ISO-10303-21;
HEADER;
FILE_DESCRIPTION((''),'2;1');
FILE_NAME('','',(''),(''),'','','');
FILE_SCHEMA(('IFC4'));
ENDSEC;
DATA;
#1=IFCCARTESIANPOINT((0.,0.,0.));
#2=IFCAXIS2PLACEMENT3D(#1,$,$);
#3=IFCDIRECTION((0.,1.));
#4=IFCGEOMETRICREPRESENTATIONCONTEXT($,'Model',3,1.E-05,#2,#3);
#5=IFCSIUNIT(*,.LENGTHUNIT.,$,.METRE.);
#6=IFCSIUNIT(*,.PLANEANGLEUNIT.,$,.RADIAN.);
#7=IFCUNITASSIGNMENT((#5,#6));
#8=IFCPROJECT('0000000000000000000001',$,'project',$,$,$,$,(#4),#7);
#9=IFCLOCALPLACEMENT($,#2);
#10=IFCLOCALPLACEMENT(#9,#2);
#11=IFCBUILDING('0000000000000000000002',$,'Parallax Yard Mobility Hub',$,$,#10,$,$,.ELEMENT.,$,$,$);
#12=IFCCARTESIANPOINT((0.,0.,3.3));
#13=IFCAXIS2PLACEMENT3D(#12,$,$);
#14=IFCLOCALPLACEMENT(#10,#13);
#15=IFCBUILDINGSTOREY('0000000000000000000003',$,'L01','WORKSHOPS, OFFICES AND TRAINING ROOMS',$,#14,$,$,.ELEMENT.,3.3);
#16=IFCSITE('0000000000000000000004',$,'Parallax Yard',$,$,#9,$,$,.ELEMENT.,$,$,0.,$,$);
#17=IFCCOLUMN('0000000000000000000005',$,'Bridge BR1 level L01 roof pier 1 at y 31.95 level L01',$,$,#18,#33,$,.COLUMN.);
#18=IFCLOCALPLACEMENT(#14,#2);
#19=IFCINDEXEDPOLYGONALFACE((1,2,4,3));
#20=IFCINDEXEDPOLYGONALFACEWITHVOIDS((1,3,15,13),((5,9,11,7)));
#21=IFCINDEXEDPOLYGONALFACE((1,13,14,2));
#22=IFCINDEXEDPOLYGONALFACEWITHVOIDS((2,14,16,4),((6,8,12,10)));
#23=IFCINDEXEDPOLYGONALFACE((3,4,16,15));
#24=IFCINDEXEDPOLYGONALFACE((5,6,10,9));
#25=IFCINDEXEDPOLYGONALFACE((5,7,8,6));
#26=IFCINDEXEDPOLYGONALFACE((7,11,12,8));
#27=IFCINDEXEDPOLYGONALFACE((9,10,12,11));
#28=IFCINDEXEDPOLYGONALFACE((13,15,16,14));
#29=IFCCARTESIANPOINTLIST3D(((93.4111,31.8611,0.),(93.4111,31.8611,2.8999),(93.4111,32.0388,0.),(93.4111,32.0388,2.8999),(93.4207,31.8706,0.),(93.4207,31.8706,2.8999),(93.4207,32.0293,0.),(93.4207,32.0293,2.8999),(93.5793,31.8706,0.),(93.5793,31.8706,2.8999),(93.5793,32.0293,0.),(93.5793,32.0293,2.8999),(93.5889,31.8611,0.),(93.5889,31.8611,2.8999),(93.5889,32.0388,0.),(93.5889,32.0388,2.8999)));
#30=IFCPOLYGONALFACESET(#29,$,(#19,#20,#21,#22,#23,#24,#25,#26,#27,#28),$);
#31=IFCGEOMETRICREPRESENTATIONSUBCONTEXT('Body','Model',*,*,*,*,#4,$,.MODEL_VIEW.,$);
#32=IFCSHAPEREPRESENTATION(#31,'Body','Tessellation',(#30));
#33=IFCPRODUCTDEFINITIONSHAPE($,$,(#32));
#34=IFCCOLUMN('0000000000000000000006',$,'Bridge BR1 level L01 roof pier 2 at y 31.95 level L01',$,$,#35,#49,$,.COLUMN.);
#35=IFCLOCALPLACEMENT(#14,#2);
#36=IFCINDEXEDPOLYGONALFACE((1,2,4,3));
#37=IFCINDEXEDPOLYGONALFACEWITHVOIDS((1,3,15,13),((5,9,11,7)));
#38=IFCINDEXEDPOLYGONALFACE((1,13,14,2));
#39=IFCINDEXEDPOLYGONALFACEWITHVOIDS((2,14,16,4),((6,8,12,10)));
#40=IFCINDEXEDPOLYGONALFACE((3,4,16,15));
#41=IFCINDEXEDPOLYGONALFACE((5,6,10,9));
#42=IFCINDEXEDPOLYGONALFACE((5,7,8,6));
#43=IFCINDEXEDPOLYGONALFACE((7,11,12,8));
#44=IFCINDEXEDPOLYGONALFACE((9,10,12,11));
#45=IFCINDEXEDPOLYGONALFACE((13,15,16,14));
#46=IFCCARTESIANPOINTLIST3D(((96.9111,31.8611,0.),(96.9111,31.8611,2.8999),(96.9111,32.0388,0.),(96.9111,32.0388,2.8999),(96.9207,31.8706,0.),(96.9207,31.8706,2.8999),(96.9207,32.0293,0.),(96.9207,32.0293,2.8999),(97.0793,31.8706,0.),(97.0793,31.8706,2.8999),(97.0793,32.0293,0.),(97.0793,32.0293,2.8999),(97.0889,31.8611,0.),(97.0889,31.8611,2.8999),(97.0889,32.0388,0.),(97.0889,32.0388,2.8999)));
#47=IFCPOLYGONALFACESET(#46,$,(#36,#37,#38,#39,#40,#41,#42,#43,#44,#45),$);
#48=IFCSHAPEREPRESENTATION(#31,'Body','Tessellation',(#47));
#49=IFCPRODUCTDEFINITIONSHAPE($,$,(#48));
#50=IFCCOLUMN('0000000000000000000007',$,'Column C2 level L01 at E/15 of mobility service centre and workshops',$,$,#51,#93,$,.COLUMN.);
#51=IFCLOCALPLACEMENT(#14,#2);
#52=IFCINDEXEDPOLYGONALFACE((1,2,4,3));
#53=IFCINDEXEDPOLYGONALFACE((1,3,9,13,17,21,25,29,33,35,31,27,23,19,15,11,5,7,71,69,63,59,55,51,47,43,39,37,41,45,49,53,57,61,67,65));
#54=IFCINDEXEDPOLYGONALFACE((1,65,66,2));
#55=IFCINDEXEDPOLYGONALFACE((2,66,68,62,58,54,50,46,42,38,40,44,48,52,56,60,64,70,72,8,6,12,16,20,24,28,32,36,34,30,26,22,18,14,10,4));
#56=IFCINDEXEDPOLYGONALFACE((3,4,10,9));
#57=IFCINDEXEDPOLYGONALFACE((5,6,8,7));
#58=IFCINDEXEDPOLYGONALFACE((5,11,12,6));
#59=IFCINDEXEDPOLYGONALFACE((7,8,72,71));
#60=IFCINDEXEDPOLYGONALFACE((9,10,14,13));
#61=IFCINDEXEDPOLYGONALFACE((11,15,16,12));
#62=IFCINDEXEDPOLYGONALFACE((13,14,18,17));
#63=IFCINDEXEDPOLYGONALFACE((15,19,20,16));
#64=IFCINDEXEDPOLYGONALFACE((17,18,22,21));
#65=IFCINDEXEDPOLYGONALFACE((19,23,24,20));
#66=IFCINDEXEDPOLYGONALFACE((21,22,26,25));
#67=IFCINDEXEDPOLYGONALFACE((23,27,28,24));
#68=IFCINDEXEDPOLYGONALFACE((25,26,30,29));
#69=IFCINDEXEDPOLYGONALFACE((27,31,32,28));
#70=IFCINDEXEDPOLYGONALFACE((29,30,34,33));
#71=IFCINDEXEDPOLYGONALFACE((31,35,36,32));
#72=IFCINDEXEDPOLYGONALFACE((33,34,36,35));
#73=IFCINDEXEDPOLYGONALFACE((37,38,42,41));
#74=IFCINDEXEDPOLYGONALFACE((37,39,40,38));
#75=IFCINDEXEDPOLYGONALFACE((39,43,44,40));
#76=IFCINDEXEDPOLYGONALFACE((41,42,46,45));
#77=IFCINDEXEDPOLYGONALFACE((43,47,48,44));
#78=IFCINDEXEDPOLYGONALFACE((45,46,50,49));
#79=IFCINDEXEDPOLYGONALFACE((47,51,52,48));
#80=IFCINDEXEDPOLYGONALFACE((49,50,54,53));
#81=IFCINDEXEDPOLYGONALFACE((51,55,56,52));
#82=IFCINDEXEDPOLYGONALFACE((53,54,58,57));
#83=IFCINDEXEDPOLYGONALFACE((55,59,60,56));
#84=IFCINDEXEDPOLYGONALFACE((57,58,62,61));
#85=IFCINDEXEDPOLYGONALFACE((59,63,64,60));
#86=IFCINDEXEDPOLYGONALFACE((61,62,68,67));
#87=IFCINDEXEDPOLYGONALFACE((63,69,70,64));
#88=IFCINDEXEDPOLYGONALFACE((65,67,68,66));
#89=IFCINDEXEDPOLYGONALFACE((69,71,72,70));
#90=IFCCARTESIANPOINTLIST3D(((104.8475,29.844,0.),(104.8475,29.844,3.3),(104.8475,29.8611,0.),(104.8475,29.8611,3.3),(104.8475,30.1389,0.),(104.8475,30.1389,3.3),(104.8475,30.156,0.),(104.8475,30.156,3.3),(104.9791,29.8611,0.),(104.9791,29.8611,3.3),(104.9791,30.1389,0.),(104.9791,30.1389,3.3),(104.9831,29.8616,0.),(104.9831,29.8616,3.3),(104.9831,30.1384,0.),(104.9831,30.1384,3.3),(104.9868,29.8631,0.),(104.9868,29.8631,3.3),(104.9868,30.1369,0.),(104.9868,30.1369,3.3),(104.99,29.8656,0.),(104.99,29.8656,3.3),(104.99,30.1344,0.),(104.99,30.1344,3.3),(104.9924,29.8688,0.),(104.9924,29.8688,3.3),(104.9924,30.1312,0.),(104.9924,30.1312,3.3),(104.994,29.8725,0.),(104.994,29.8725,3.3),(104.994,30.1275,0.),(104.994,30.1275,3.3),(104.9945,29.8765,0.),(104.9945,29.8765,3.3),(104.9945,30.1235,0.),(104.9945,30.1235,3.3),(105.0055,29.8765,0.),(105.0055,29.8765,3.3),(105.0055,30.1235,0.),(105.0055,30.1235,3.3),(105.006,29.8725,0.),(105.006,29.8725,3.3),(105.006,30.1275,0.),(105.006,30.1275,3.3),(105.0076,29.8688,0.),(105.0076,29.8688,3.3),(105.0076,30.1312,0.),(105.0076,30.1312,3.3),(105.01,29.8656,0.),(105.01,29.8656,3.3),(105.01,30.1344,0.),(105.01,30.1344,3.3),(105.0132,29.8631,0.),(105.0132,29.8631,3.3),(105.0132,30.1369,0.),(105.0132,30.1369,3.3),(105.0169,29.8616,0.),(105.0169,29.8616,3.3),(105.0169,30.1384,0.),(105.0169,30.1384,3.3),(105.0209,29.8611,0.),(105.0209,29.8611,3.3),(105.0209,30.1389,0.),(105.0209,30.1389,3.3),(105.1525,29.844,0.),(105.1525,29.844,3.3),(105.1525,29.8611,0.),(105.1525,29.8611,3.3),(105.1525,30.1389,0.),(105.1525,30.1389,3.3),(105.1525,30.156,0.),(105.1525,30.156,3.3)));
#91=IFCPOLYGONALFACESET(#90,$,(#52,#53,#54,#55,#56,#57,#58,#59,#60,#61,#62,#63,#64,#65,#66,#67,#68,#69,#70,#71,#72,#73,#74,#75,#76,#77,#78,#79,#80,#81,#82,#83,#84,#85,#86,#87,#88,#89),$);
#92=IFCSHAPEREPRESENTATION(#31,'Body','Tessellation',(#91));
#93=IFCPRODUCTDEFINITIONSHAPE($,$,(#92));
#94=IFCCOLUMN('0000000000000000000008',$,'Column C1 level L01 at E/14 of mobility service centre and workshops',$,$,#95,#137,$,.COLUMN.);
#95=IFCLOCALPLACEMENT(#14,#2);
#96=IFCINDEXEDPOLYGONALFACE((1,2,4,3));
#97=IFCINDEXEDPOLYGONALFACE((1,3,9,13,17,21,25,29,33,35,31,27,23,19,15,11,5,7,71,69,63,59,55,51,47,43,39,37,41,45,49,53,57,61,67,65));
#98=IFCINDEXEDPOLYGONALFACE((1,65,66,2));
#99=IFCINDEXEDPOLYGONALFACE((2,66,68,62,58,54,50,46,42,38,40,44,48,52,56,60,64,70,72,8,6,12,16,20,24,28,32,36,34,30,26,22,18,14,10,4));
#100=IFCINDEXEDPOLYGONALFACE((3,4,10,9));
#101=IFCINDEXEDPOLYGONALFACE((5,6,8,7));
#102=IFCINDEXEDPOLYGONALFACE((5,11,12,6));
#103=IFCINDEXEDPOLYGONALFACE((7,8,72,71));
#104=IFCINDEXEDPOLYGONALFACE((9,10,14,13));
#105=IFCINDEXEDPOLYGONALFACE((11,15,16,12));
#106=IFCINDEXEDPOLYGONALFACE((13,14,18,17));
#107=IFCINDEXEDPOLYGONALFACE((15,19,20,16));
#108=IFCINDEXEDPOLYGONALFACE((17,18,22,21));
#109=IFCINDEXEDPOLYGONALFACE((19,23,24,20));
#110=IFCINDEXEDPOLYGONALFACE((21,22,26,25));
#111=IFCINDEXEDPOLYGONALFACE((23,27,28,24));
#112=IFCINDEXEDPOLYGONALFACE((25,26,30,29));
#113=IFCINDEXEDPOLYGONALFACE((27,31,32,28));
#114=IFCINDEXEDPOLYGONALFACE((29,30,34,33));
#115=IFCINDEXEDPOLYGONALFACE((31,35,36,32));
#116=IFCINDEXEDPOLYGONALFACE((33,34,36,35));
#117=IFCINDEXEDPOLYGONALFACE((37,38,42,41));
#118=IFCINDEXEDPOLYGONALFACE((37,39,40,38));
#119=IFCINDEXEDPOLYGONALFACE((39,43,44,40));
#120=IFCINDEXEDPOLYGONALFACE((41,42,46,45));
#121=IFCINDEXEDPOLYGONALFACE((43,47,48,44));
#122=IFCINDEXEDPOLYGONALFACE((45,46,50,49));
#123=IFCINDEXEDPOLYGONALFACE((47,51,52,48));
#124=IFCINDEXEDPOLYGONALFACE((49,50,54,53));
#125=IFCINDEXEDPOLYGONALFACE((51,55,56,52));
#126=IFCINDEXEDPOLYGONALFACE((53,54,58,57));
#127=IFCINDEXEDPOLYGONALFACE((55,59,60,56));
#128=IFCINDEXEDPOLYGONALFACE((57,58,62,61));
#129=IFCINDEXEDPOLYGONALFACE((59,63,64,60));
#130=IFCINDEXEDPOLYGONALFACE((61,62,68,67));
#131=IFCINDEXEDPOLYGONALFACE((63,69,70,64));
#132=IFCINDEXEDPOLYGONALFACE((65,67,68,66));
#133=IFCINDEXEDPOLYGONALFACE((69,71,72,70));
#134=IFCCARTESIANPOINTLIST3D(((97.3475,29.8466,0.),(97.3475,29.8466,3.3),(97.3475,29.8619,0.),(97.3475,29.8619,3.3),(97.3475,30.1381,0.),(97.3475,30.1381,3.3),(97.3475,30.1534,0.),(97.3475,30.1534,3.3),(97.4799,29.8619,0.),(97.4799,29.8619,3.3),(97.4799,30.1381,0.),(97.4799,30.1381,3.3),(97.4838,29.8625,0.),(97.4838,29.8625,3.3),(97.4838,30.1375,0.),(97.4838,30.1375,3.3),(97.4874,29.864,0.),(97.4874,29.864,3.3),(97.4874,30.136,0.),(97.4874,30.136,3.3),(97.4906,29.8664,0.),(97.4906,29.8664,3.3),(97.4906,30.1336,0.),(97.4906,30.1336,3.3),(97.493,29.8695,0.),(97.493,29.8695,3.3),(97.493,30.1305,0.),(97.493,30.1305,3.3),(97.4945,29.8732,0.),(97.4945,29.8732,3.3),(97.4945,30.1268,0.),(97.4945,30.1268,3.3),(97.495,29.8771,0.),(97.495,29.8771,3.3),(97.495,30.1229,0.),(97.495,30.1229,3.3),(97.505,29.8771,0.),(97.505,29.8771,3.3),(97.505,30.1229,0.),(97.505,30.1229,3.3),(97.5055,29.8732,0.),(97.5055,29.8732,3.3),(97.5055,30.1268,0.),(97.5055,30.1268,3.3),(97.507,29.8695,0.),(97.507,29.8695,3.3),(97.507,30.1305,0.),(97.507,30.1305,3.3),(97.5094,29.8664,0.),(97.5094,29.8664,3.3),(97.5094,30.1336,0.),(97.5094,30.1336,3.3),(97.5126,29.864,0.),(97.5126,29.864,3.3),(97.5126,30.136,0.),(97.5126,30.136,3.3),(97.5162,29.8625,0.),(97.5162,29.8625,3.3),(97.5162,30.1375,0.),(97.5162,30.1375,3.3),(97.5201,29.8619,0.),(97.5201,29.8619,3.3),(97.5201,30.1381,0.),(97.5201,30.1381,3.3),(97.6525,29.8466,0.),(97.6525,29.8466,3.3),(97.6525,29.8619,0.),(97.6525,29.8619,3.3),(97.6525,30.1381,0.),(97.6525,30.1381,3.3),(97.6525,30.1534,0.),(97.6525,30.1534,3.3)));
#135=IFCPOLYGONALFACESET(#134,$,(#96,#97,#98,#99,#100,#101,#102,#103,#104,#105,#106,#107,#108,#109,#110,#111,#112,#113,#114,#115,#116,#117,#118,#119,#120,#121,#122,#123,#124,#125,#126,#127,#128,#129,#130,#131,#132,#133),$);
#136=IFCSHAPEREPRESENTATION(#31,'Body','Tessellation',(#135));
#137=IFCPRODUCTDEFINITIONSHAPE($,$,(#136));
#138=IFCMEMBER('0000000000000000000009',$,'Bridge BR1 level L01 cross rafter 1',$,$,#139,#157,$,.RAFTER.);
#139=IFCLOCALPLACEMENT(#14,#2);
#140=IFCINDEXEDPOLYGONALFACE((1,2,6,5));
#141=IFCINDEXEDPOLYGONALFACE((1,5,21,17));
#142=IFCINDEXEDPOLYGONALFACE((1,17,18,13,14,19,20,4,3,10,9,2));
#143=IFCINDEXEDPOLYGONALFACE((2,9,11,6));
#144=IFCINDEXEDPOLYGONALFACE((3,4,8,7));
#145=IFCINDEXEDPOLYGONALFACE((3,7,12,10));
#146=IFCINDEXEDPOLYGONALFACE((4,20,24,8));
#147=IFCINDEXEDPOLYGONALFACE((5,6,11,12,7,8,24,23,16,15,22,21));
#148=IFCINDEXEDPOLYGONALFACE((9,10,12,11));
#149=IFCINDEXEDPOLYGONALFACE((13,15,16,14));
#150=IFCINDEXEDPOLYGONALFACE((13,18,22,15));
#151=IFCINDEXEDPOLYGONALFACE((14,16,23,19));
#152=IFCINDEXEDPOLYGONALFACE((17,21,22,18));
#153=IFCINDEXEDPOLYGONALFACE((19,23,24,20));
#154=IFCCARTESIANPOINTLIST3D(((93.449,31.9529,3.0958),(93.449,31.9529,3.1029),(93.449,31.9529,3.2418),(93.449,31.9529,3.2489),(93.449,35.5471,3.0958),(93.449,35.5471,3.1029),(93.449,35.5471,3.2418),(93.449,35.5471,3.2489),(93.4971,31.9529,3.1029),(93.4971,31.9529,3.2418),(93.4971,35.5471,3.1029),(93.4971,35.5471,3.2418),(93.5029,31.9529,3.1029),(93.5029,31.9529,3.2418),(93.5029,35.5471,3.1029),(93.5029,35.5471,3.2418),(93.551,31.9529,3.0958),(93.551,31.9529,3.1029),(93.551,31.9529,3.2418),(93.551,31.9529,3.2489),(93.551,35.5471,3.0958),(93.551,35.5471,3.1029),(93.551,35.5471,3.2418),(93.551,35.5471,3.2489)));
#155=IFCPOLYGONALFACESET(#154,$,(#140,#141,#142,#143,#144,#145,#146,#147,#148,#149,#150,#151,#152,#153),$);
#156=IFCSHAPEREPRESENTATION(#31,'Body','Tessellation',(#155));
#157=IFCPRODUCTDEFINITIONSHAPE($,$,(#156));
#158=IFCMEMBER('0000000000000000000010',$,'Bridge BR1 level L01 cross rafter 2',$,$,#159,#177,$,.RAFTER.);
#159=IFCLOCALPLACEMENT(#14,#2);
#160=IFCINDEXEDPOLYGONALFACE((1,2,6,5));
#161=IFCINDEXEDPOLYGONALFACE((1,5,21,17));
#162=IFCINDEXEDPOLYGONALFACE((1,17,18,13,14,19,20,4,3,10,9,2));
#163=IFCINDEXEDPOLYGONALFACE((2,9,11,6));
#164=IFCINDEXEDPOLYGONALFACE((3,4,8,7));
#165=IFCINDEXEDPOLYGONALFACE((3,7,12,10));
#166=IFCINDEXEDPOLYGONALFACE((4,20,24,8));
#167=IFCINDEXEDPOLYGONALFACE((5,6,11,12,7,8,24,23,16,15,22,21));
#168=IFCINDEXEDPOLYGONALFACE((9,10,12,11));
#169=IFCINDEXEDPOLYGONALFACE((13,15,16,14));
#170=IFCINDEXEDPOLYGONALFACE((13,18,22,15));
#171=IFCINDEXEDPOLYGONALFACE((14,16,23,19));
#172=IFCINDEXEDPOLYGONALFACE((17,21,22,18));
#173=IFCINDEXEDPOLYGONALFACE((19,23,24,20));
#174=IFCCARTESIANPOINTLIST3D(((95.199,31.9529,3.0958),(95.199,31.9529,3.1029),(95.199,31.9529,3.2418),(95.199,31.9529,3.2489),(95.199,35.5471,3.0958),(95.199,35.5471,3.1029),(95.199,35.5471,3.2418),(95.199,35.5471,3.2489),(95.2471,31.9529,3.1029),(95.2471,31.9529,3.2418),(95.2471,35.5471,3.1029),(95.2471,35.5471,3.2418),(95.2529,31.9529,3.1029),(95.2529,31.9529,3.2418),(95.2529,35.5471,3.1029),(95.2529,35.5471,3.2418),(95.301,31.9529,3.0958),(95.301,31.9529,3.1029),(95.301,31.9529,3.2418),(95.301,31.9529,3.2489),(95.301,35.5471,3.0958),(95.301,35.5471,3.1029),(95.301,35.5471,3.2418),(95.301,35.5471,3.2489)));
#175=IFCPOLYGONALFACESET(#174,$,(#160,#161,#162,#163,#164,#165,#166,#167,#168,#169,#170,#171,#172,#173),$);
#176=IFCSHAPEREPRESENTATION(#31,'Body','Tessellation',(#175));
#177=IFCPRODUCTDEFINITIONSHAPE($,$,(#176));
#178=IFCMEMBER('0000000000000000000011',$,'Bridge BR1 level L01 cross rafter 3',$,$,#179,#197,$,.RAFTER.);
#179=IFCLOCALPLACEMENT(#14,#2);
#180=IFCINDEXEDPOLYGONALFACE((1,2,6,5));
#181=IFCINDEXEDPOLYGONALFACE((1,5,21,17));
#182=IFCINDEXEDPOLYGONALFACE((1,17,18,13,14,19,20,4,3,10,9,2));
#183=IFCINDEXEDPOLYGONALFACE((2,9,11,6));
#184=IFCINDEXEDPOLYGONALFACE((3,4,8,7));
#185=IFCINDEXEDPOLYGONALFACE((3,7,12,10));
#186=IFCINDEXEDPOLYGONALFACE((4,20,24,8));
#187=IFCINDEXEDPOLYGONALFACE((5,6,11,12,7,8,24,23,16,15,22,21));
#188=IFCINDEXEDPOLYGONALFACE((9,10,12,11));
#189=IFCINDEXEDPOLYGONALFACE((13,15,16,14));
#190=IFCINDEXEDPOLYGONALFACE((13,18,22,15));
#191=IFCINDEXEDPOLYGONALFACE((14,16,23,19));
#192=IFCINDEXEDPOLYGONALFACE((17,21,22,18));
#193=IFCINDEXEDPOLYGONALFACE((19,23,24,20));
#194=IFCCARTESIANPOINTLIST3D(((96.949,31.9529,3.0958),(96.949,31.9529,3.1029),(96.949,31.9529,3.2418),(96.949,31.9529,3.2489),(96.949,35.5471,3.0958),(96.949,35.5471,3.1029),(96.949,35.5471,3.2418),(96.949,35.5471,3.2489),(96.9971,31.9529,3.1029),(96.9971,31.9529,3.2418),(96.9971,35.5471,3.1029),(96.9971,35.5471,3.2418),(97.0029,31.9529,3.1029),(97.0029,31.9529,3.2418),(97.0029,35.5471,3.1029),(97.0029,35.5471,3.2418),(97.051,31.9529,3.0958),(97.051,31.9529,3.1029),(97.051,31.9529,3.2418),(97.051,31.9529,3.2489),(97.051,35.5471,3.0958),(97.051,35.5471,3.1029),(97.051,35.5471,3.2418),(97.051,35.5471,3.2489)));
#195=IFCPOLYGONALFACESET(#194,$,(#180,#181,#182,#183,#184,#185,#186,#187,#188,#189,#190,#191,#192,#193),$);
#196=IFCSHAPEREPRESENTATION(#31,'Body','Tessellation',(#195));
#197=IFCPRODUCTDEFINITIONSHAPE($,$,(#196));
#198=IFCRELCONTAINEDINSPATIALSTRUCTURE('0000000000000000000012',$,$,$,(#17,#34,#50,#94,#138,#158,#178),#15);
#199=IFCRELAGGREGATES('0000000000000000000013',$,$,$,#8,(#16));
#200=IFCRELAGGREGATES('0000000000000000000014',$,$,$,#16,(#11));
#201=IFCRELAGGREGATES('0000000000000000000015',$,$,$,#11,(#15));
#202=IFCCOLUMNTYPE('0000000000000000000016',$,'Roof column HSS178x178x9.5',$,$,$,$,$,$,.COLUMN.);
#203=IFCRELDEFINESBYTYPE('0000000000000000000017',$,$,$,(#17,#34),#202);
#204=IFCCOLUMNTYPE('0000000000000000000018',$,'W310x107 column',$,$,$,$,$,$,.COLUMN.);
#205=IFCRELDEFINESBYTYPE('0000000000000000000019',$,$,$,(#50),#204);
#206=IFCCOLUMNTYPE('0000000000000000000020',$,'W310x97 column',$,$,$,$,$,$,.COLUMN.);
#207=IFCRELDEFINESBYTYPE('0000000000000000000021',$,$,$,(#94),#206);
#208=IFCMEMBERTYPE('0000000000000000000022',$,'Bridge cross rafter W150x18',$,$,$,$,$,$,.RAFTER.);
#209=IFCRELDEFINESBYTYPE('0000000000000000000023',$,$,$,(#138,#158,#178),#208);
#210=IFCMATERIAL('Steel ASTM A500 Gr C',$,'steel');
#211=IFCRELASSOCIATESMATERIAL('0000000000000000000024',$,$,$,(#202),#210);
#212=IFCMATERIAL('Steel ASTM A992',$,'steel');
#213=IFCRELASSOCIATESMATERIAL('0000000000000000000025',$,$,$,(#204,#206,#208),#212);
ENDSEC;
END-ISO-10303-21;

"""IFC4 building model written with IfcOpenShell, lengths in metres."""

from ifc_helpers import new_model, si_unit, direction, frame, origin, origin_2d, place, context, subcontext, project, spatial, hollow_rectangle, i_section, extrude, material, material_profile, profile_set, type_object, element, save


model = new_model("IFC4")

# Units and contexts
model_context = context("Model", 3, precision=1e-05, world=origin(), true_north=direction((0.0, 1.0)))
body_context = subcontext(model_context, "Body", "Model", "MODEL_VIEW")
ifc_project = project(units=[si_unit("LENGTHUNIT", "METRE"), si_unit("PLANEANGLEUNIT", "RADIAN")], contexts=[model_context])

# Site, building, storey
site_placement = place(None, origin())
site = spatial("IfcSite", under=ifc_project, at=site_placement, Name="Parallax Yard", CompositionType="ELEMENT", RefElevation=0.0)
building_placement = place(site_placement, origin())
building = spatial("IfcBuilding", under=site, at=building_placement, Name="Parallax Yard Mobility Hub", CompositionType="ELEMENT")
storey_placement = place(building_placement, frame((0.0, 0.0, 3.3)))
storey = spatial("IfcBuildingStorey", under=building, at=storey_placement, Name="L01", Description="WORKSHOPS, OFFICES AND TRAINING ROOMS", CompositionType="ELEMENT", Elevation=3.3)

# Columns
ifc_material_1 = material(Name="Steel ASTM A500 Gr C", Category="steel")
ifc_material_profile_1 = material_profile(ifc_material_1, hollow_rectangle(XDim=0.1777, YDim=0.1777, WallThickness=0.0095, at=origin_2d()), Name="HSS178x178x9.5")
ifc_profile_set_1 = profile_set([ifc_material_profile_1], Name="Steel ASTM A500 Gr C")
column_type_1 = type_object("IfcColumnType", Name="Roof column HSS178x178x9.5", PredefinedType="COLUMN", material=ifc_profile_set_1)
for number, where, z_axis, x_axis, name in (
    (1, (93.5, 31.95, 0.0), (0.0, 0.0, 1.0), (1.0, 0.0, 0.0), "Bridge BR1 level L01 roof pier 1 at y 31.95 level L01"),
    (2, (97.0, 31.95, 0.0), (0.0, 0.0, 1.0), (1.0, 0.0, 0.0), "Bridge BR1 level L01 roof pier 2 at y 31.95 level L01"),
):
    element("IfcColumn", number, at=place(storey_placement, frame(where, z_axis=z_axis, x_axis=x_axis)), inside=storey, type_object=column_type_1, Name=name, PredefinedType="COLUMN", context=body_context, shape_type="SweptSolid", body=[
        extrude(hollow_rectangle(XDim=0.1777, YDim=0.1777, WallThickness=0.0095, at=origin_2d()), origin(), (0.0, 0.0, 1.0), 2.8999),
    ])
ifc_material_2 = material(Name="Steel ASTM A992", Category="steel")
ifc_material_profile_2 = material_profile(ifc_material_2, i_section(OverallWidth=0.3049, OverallDepth=0.312, WebThickness=0.011, FlangeThickness=0.0171, FilletRadius=0.0154, at=origin_2d()), Name="W310x107")
ifc_profile_set_2 = profile_set([ifc_material_profile_2], Name="Steel ASTM A992")
column_type_2 = type_object("IfcColumnType", Name="W310x107 column", PredefinedType="COLUMN", material=ifc_profile_set_2)
column_1_placement = place(storey_placement, frame((105.0, 30.0, 0.0), z_axis=(0.0, 0.0, 1.0), x_axis=(1.0, 0.0, 0.0)))
element("IfcColumn", 3, at=column_1_placement, inside=storey, type_object=column_type_2, Name="Column C2 level L01 at E/15 of mobility service centre and workshops", PredefinedType="COLUMN", context=body_context, shape_type="SweptSolid", body=[
    extrude(i_section(OverallWidth=0.3049, OverallDepth=0.312, WebThickness=0.011, FlangeThickness=0.0171, FilletRadius=0.0154, at=origin_2d()), origin(), (0.0, 0.0, 1.0), 3.3),
])
ifc_material_profile_3 = material_profile(ifc_material_2, i_section(OverallWidth=0.3049, OverallDepth=0.3069, WebThickness=0.01, FlangeThickness=0.0154, FilletRadius=0.0151, at=origin_2d()), Name="W310x97")
ifc_profile_set_3 = profile_set([ifc_material_profile_3], Name="Steel ASTM A992")
column_type_3 = type_object("IfcColumnType", Name="W310x97 column", PredefinedType="COLUMN", material=ifc_profile_set_3)
column_2_placement = place(storey_placement, frame((97.5, 30.0, 0.0), z_axis=(0.0, 0.0, 1.0), x_axis=(1.0, 0.0, 0.0)))
element("IfcColumn", 4, at=column_2_placement, inside=storey, type_object=column_type_3, Name="Column C1 level L01 at E/14 of mobility service centre and workshops", PredefinedType="COLUMN", context=body_context, shape_type="SweptSolid", body=[
    extrude(i_section(OverallWidth=0.3049, OverallDepth=0.3069, WebThickness=0.01, FlangeThickness=0.0154, FilletRadius=0.0151, at=origin_2d()), origin(), (0.0, 0.0, 1.0), 3.3),
])

# Members
ifc_material_profile_4 = material_profile(ifc_material_2, i_section(OverallWidth=0.1021, OverallDepth=0.1531, WebThickness=0.0059, FlangeThickness=0.0071, at=origin_2d()), Name="W150x18")
ifc_profile_set_4 = profile_set([ifc_material_profile_4], Name="Steel ASTM A992")
member_type_1 = type_object("IfcMemberType", Name="Bridge cross rafter W150x18", PredefinedType="RAFTER", material=ifc_profile_set_4)
for number, where, z_axis, x_axis, name in (
    (5, (93.5, 31.9529, 3.1724), (0.0, 1.0, 0.0), (-1.0, 0.0, 0.0), "Bridge BR1 level L01 cross rafter 1"),
    (6, (95.25, 31.9529, 3.1724), (0.0, 1.0, 0.0), (-1.0, 0.0, 0.0), "Bridge BR1 level L01 cross rafter 2"),
    (7, (97.0, 31.9529, 3.1724), (0.0, 1.0, 0.0), (-1.0, 0.0, 0.0), "Bridge BR1 level L01 cross rafter 3"),
):
    element("IfcMember", number, at=place(storey_placement, frame(where, z_axis=z_axis, x_axis=x_axis)), inside=storey, type_object=member_type_1, Name=name, PredefinedType="RAFTER", context=body_context, shape_type="SweptSolid", body=[
        extrude(i_section(OverallWidth=0.1021, OverallDepth=0.1531, WebThickness=0.0059, FlangeThickness=0.0071, at=origin_2d()), origin(), (0.0, 0.0, 1.0), 3.5942),
    ])

save(model, "model.ifc")
